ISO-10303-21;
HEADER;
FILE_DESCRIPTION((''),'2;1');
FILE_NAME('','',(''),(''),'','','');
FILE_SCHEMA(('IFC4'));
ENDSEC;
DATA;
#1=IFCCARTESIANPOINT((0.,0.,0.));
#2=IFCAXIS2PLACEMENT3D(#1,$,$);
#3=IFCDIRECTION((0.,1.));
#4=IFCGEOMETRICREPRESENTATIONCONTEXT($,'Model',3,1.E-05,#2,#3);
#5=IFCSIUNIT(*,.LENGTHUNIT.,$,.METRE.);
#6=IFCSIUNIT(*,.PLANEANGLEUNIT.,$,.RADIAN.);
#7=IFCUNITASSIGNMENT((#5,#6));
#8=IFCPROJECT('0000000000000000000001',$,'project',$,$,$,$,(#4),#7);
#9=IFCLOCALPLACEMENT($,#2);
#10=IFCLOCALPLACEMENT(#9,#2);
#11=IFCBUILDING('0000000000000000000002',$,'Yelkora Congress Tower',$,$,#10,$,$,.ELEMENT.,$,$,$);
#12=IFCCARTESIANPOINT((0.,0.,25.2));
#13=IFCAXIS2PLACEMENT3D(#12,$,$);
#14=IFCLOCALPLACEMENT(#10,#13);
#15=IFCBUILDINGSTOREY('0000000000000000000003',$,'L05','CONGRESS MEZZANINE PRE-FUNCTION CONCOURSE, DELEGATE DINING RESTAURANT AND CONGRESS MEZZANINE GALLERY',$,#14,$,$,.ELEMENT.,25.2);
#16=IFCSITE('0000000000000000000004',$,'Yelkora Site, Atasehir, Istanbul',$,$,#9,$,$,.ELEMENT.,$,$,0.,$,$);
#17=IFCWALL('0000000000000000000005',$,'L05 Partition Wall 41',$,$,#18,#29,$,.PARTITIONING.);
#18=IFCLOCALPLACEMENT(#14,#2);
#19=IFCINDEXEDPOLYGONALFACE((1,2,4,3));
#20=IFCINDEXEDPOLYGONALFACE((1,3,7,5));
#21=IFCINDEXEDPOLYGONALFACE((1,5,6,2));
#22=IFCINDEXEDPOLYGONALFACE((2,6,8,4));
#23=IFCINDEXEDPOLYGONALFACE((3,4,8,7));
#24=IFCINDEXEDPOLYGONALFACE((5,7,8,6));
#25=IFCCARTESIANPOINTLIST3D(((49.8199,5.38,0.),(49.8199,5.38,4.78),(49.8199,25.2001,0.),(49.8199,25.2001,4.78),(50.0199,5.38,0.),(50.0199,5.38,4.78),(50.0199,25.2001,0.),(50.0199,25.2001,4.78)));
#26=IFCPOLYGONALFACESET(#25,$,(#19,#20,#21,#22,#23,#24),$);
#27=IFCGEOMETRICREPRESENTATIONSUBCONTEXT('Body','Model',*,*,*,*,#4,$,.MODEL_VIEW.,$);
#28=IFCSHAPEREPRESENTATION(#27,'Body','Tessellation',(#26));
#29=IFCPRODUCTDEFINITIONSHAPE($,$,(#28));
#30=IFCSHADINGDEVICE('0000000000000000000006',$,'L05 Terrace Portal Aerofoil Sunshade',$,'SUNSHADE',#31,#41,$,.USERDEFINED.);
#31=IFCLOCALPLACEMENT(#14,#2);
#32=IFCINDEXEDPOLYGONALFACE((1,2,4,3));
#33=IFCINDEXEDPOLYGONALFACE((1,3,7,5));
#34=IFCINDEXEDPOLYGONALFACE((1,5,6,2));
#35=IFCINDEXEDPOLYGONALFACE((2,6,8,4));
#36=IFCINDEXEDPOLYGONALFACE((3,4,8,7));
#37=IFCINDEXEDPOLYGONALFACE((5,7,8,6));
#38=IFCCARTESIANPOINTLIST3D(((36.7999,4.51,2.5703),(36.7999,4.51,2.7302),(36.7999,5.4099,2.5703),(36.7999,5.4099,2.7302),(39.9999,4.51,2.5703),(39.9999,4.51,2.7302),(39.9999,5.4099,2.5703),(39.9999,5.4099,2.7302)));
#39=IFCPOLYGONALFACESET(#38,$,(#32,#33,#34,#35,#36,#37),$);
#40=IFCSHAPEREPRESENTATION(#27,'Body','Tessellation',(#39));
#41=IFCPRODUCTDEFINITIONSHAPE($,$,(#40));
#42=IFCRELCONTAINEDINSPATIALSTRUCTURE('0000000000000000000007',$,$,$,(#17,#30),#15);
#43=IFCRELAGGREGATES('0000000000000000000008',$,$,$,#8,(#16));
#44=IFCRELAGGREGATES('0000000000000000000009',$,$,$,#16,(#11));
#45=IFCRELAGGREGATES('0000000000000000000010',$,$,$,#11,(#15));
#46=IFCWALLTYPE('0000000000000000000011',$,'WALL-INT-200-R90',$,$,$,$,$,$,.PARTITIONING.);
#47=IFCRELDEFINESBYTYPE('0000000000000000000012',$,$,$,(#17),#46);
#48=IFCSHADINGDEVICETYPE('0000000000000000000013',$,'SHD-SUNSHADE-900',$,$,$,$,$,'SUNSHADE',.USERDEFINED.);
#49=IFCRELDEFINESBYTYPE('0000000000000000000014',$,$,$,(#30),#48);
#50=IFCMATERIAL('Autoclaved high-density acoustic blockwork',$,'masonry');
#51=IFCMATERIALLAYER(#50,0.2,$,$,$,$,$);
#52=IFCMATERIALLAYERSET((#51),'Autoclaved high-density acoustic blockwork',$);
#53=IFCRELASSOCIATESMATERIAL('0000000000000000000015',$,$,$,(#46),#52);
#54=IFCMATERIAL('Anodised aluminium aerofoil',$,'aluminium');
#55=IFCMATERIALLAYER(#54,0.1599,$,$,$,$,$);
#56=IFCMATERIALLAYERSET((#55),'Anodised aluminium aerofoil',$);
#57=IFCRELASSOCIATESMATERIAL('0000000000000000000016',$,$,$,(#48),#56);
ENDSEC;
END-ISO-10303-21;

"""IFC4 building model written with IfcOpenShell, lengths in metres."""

from ifc_helpers import new_model, si_unit, direction, frame, frame_2d, origin, origin_2d, place, context, subcontext, project, spatial, rectangle, extrude, material, layer, layer_set, type_object, element, save


model = new_model("IFC4")

# Units and contexts
model_context = context("Model", 3, precision=1e-05, world=origin(), true_north=direction((0.0, 1.0)))
body_context = subcontext(model_context, "Body", "Model", "MODEL_VIEW")
ifc_project = project(units=[si_unit("LENGTHUNIT", "METRE"), si_unit("PLANEANGLEUNIT", "RADIAN")], contexts=[model_context])

# Site, building, storey
site_placement = place(None, origin())
site = spatial("IfcSite", under=ifc_project, at=site_placement, Name="Yelkora Site, Atasehir, Istanbul", CompositionType="ELEMENT", RefElevation=0.0)
building_placement = place(site_placement, origin())
building = spatial("IfcBuilding", under=site, at=building_placement, Name="Yelkora Congress Tower", CompositionType="ELEMENT")
storey_placement = place(building_placement, frame((0.0, 0.0, 25.2)))
storey = spatial("IfcBuildingStorey", under=building, at=storey_placement, Name="L05", Description="CONGRESS MEZZANINE PRE-FUNCTION CONCOURSE, DELEGATE DINING RESTAURANT AND CONGRESS MEZZANINE GALLERY", CompositionType="ELEMENT", Elevation=25.2)

# Wall
ifc_material_1 = material(Name="Autoclaved high-density acoustic blockwork", Category="masonry")
ifc_layer_1 = layer(ifc_material_1, 0.2)
ifc_layer_set_1 = layer_set([ifc_layer_1], Name="Autoclaved high-density acoustic blockwork")
wall_type = type_object("IfcWallType", Name="WALL-INT-200-R90", PredefinedType="PARTITIONING", material=ifc_layer_set_1)
wall_placement = place(storey_placement, frame((49.9199, 5.3799, 0.0), z_axis=(0.0, 0.0, 1.0), x_axis=(0.0, 1.0, 0.0)))
element("IfcWall", 1, at=wall_placement, inside=storey, type_object=wall_type, Name="L05 Partition Wall 41", PredefinedType="PARTITIONING", context=body_context, shape_type="SweptSolid", body=[
    extrude(rectangle(XDim=19.8201, YDim=0.2, at=frame_2d((9.9102, 0.0))), origin(), (0.0, 0.0, 1.0), 4.78),
])

# Shading device
ifc_material_2 = material(Name="Anodised aluminium aerofoil", Category="aluminium")
ifc_layer_2 = layer(ifc_material_2, 0.1599)
ifc_layer_set_2 = layer_set([ifc_layer_2], Name="Anodised aluminium aerofoil")
shading_device_type = type_object("IfcShadingDeviceType", Name="SHD-SUNSHADE-900", ElementType="SUNSHADE", PredefinedType="USERDEFINED", material=ifc_layer_set_2)
shading_device_placement = place(storey_placement, frame((38.3999, 4.96, 2.5703), z_axis=(0.0, 0.0, 1.0), x_axis=(1.0, 0.0, 0.0)))
element("IfcShadingDevice", 2, at=shading_device_placement, inside=storey, type_object=shading_device_type, Name="L05 Terrace Portal Aerofoil Sunshade", ObjectType="SUNSHADE", PredefinedType="USERDEFINED", context=body_context, shape_type="SweptSolid", body=[
    extrude(rectangle(XDim=3.2, YDim=0.8999, at=origin_2d()), origin(), (0.0, 0.0, 1.0), 0.1599),
])

save(model, "model.ifc")
